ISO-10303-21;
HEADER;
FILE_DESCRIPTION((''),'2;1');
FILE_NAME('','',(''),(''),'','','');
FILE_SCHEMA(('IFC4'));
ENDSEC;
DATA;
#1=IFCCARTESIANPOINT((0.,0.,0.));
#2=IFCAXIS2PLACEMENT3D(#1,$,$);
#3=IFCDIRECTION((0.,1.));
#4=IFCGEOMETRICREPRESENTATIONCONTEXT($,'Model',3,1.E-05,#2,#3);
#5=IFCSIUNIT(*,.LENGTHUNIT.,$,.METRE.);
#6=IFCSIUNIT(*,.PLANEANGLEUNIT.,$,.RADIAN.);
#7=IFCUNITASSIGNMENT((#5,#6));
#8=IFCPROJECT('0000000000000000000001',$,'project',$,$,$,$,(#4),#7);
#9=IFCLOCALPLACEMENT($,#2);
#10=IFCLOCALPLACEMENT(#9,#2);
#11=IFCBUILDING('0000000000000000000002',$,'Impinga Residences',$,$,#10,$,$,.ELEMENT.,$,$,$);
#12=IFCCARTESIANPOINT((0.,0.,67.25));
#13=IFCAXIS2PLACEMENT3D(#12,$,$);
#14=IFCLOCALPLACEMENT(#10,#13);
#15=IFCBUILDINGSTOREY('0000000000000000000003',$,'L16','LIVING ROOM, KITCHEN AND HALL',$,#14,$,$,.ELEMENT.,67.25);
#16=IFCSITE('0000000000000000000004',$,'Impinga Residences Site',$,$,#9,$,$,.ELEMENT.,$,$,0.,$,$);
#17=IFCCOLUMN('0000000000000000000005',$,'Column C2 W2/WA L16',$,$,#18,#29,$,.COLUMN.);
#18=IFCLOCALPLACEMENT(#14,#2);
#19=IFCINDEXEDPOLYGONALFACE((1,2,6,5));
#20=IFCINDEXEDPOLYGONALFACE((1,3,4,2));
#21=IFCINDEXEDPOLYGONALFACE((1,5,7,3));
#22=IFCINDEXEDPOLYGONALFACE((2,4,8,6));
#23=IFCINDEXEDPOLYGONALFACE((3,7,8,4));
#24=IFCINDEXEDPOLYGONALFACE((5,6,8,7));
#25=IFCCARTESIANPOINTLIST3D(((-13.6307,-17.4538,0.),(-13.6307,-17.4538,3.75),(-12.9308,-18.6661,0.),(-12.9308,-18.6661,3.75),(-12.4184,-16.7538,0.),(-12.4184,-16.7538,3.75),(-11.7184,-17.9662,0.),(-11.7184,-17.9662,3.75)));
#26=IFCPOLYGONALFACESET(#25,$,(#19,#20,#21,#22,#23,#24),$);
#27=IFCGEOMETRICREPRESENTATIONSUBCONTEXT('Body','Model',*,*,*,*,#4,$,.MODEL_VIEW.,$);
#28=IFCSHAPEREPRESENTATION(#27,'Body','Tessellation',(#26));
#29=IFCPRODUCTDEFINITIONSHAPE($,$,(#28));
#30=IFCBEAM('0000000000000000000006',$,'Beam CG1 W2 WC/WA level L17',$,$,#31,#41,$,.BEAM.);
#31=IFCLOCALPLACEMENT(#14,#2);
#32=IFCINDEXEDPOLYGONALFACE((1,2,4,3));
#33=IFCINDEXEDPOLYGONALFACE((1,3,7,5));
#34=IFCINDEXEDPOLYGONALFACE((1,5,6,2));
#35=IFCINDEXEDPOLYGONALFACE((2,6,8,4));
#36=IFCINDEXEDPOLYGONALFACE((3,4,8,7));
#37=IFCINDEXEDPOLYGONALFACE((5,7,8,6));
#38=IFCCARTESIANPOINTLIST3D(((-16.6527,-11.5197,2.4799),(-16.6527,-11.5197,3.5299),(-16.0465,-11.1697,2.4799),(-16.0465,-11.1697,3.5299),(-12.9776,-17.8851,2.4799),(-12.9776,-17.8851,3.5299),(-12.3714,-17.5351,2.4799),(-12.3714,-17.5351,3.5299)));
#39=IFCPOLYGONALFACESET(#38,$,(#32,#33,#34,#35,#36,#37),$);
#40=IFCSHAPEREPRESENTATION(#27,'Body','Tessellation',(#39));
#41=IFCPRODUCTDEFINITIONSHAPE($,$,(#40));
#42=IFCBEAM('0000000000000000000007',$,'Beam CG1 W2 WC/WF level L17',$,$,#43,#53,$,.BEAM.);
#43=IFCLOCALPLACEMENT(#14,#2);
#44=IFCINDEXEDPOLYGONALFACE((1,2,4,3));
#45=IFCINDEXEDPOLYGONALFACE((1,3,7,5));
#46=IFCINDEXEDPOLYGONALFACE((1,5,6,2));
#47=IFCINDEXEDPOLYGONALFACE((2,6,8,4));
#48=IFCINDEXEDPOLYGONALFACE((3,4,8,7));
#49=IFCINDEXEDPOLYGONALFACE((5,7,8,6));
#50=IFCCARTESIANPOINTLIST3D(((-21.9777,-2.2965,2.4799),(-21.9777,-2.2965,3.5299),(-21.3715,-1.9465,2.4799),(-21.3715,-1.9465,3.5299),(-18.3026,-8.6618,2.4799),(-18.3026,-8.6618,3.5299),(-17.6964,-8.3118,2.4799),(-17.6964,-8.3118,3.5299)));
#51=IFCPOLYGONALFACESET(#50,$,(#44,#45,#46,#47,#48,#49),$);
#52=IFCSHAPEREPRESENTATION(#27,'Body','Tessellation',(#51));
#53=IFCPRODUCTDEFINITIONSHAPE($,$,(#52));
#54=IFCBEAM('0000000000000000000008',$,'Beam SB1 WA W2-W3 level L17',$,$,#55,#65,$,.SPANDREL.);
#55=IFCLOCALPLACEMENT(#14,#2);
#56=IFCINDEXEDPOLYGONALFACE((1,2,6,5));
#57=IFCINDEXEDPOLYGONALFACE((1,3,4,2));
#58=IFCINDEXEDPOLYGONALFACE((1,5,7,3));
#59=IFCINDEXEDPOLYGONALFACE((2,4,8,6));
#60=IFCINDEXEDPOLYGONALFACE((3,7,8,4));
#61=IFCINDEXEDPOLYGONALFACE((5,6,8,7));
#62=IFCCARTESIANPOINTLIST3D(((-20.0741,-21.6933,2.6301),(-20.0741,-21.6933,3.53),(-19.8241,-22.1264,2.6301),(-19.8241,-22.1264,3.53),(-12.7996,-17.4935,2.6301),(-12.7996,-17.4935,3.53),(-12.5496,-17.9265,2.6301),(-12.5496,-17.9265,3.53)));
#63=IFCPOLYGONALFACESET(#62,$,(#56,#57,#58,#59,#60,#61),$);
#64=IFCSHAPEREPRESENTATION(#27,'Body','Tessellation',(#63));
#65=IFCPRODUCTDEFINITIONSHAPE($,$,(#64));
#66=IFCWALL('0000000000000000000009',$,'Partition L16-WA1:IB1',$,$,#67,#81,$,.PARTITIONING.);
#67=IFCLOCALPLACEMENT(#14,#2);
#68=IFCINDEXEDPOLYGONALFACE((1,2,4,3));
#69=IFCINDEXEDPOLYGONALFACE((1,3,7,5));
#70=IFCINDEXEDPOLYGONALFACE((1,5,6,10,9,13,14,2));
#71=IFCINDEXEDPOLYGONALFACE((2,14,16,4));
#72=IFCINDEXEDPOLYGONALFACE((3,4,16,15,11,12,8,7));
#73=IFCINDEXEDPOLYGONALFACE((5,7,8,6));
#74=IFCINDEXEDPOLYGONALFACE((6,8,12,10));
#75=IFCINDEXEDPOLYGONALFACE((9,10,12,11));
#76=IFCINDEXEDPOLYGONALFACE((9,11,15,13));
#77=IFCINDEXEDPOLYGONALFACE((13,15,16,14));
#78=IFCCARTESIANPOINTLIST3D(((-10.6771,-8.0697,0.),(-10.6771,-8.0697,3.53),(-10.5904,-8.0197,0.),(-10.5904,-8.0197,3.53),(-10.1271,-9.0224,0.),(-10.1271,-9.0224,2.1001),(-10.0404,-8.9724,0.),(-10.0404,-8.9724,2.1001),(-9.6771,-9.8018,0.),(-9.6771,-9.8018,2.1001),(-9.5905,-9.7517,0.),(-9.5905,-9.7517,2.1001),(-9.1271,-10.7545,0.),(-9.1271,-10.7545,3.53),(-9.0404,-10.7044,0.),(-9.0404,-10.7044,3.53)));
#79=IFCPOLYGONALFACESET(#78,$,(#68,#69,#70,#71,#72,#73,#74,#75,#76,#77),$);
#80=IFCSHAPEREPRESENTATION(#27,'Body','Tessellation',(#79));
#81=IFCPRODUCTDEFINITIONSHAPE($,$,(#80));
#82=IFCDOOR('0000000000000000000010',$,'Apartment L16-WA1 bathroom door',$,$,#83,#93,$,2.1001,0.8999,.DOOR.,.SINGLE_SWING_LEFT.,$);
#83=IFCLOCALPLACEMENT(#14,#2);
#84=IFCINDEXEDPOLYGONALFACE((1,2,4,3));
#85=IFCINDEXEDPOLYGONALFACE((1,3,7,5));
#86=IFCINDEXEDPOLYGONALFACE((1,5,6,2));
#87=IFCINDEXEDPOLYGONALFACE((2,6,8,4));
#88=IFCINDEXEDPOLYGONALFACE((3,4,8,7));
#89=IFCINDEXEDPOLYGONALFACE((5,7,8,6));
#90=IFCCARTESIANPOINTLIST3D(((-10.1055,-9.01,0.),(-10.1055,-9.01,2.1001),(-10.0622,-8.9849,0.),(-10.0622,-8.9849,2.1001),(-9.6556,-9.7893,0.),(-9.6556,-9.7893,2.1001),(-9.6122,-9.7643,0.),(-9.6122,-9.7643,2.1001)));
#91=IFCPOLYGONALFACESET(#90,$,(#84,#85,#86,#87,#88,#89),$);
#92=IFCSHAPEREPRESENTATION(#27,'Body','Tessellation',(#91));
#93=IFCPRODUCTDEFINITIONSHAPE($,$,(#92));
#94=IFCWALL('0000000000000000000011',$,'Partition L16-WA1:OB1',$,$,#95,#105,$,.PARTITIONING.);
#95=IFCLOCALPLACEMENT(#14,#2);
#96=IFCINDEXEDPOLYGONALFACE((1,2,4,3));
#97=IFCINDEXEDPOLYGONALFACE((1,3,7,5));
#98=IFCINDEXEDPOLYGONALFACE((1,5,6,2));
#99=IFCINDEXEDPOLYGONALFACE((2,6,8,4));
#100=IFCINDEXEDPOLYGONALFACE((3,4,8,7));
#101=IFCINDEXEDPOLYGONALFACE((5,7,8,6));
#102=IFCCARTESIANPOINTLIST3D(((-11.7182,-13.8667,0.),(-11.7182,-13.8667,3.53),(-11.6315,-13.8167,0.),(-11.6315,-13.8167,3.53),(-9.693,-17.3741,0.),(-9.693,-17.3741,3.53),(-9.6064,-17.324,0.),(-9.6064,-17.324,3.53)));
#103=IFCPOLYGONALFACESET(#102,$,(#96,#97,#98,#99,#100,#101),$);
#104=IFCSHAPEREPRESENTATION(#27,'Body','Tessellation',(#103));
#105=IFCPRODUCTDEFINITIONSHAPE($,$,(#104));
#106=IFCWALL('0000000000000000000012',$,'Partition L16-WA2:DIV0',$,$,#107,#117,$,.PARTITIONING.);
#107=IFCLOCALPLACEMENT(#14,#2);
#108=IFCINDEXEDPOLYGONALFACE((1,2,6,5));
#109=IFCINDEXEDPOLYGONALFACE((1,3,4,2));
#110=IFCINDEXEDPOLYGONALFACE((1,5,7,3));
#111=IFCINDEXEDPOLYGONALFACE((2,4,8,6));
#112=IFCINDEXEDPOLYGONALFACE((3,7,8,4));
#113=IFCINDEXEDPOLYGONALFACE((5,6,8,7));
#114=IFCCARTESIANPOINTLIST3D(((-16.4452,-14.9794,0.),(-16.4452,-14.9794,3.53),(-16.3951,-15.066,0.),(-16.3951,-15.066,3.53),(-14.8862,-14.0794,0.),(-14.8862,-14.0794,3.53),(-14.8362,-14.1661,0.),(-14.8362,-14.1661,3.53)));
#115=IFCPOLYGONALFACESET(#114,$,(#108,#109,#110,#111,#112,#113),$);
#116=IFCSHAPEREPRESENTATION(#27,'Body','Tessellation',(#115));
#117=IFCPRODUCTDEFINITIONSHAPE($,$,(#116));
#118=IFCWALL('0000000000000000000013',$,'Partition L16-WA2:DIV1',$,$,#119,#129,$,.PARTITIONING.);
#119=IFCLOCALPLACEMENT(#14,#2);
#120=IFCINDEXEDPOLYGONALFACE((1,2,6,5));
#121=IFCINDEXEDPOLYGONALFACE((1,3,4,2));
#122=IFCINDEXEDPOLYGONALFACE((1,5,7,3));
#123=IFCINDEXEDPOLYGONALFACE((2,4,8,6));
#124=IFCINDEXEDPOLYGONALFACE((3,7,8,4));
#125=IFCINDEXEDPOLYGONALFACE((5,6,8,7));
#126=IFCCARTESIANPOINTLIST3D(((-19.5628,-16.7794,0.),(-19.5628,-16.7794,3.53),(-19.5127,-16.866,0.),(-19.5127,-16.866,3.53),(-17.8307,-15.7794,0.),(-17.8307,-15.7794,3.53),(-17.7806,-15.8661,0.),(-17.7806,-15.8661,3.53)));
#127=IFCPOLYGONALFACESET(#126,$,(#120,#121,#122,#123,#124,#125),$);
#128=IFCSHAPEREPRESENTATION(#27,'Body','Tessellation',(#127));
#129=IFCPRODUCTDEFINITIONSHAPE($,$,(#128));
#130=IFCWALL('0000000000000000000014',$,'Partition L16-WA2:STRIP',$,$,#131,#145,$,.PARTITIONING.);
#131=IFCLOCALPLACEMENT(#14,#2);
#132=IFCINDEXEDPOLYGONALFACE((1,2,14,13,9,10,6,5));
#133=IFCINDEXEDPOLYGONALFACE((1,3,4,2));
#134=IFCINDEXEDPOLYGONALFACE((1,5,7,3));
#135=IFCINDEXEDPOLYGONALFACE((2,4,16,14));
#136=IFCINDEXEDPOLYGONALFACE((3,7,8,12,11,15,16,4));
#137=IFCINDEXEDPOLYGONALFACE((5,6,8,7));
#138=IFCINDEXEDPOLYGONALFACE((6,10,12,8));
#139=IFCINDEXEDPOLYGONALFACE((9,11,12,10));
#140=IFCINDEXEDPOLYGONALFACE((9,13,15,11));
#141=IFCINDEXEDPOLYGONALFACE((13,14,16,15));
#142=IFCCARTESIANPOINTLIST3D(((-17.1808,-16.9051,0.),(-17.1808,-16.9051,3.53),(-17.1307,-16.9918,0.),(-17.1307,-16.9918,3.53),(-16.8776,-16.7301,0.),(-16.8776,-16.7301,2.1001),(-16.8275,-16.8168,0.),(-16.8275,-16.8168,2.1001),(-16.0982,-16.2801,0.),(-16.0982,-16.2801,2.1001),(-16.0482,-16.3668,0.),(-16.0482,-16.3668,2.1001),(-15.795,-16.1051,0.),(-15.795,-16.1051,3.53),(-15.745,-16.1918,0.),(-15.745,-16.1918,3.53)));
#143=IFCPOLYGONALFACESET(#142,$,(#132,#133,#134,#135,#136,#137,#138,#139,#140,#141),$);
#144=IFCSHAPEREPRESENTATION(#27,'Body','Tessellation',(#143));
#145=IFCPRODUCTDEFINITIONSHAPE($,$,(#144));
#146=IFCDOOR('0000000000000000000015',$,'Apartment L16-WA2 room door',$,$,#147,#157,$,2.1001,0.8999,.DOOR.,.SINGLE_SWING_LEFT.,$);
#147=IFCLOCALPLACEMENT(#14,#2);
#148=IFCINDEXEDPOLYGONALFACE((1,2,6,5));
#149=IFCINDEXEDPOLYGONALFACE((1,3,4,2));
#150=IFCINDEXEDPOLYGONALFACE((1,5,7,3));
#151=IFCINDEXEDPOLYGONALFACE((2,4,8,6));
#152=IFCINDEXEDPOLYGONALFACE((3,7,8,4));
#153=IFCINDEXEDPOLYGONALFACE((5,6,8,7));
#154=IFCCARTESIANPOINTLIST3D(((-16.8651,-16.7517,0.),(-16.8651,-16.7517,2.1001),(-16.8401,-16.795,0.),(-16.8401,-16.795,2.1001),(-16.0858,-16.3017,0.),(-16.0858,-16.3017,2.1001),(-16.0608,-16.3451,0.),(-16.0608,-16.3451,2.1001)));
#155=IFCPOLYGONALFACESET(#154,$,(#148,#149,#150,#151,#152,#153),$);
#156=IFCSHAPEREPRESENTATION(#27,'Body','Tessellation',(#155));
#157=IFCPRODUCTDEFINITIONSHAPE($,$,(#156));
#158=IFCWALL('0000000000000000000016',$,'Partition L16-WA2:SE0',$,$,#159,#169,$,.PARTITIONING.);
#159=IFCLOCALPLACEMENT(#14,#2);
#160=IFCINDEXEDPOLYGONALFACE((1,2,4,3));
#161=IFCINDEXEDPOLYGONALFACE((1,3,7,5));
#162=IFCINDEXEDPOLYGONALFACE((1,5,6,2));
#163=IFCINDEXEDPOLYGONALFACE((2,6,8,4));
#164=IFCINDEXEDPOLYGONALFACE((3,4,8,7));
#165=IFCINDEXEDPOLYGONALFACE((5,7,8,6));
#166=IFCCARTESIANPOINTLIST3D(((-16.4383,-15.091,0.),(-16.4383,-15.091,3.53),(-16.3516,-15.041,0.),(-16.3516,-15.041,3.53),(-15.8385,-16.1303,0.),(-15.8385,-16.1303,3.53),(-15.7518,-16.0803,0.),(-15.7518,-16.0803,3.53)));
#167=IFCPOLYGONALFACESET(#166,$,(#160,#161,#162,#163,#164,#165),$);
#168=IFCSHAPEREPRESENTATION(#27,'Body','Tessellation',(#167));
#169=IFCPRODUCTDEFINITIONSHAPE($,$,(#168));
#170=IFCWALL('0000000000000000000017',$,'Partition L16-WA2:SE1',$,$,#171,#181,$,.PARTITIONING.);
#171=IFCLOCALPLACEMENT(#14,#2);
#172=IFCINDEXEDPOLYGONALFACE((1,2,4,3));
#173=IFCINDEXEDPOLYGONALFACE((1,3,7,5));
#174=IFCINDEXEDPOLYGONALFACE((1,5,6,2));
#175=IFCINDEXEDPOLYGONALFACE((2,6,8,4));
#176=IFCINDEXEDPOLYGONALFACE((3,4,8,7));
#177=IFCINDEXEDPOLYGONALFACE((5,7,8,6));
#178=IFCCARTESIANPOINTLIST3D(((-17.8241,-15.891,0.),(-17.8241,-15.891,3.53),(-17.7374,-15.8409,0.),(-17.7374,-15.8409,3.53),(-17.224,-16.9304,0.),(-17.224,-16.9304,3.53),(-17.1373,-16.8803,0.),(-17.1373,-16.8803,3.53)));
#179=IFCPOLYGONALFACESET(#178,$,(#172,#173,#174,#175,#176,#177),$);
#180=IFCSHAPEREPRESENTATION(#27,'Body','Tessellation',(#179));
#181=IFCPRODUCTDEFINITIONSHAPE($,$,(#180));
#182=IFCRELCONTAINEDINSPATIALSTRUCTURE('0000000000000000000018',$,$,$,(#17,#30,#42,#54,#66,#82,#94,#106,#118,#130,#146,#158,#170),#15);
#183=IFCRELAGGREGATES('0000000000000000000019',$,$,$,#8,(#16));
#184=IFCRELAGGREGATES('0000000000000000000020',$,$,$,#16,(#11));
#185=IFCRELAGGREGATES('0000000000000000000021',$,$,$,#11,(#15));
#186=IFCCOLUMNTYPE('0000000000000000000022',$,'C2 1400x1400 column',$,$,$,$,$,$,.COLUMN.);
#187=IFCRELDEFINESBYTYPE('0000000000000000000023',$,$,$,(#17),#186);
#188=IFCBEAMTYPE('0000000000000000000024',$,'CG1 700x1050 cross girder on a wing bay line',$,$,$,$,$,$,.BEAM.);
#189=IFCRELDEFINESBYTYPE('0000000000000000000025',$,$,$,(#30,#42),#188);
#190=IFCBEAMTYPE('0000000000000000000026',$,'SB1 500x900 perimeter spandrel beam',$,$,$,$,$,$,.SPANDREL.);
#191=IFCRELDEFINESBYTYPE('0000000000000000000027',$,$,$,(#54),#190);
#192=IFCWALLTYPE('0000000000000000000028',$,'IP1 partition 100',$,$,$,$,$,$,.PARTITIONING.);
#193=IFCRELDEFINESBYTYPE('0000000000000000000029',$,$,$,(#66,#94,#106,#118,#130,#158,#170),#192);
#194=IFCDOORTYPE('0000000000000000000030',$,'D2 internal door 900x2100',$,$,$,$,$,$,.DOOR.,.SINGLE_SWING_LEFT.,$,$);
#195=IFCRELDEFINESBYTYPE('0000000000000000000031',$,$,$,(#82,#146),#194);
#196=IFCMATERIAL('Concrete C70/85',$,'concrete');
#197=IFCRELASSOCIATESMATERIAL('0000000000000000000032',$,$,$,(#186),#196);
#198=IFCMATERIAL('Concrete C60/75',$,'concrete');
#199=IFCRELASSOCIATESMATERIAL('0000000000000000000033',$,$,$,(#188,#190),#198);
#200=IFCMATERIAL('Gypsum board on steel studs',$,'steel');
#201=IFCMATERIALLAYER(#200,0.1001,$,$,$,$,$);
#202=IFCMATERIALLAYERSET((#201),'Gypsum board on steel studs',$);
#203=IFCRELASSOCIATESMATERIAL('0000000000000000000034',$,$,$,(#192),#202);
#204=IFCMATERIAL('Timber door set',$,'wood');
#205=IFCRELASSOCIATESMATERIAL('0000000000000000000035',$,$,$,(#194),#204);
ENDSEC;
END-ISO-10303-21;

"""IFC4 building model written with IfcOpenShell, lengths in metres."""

from ifc_helpers import new_model, si_unit, direction, frame, frame_2d, origin, origin_2d, place, context, subcontext, project, spatial, rectangle, extrude, material, layer, layer_set, material_profile, profile_set, type_object, element, fill, save


model = new_model("IFC4")

# Units and contexts
model_context = context("Model", 3, precision=1e-05, world=origin(), true_north=direction((0.0, 1.0)))
body_context = subcontext(model_context, "Body", "Model", "MODEL_VIEW")
ifc_project = project(units=[si_unit("LENGTHUNIT", "METRE"), si_unit("PLANEANGLEUNIT", "RADIAN")], contexts=[model_context])

# Site, building, storey
site_placement = place(None, origin())
site = spatial("IfcSite", under=ifc_project, at=site_placement, Name="Impinga Residences Site", CompositionType="ELEMENT", RefElevation=0.0)
building_placement = place(site_placement, origin())
building = spatial("IfcBuilding", under=site, at=building_placement, Name="Impinga Residences", CompositionType="ELEMENT")
storey_placement = place(building_placement, frame((0.0, 0.0, 67.25)))
storey = spatial("IfcBuildingStorey", under=building, at=storey_placement, Name="L16", Description="LIVING ROOM, KITCHEN AND HALL", CompositionType="ELEMENT", Elevation=67.25)

# Column
ifc_material_1 = material(Name="Concrete C70/85", Category="concrete")
ifc_material_profile_1 = material_profile(ifc_material_1, rectangle(XDim=1.3999, YDim=1.3999, at=origin_2d()), Name="RC 1400x1400")
ifc_profile_set_1 = profile_set([ifc_material_profile_1], Name="Concrete C70/85")
column_type = type_object("IfcColumnType", Name="C2 1400x1400 column", PredefinedType="COLUMN", material=ifc_profile_set_1)
column_placement = place(storey_placement, frame((-12.6746, -17.71, 0.0), z_axis=(0.0, 0.0, 1.0), x_axis=(-0.5, 0.866025, 0.0)))
element("IfcColumn", 1, at=column_placement, inside=storey, type_object=column_type, Name="Column C2 W2/WA L16", PredefinedType="COLUMN", context=body_context, shape_type="SweptSolid", body=[
    extrude(rectangle(XDim=1.3999, YDim=1.3999, at=origin_2d()), origin(), (0.0, 0.0, 1.0), 3.75),
])

# Beams
ifc_material_2 = material(Name="Concrete C60/75", Category="concrete")
ifc_material_profile_2 = material_profile(ifc_material_2, rectangle(XDim=0.7, YDim=1.05, at=origin_2d()), Name="RC 700x1050")
ifc_profile_set_2 = profile_set([ifc_material_profile_2], Name="Concrete C60/75")
beam_type_1 = type_object("IfcBeamType", Name="CG1 700x1050 cross girder on a wing bay line", PredefinedType="BEAM", material=ifc_profile_set_2)
for number, where, z_axis, x_axis, name in (
    (2, (-16.3496, -11.3447, 3.0049), (0.500008, -0.866021, 0.0), (0.866021, 0.500008, 0.0), "Beam CG1 W2 WC/WA level L17"),
    (3, (-17.9995, -8.4868, 3.0049), (-0.500008, 0.866021, 0.0), (-0.866021, -0.500008, 0.0), "Beam CG1 W2 WC/WF level L17"),
):
    element("IfcBeam", number, at=place(storey_placement, frame(where, z_axis=z_axis, x_axis=x_axis)), inside=storey, type_object=beam_type_1, Name=name, PredefinedType="BEAM", context=body_context, shape_type="SweptSolid", body=[
        extrude(rectangle(XDim=0.7, YDim=1.05, at=origin_2d()), origin(), (0.0, 0.0, 1.0), 7.3501),
    ])
ifc_material_profile_3 = material_profile(ifc_material_2, rectangle(XDim=0.5, YDim=0.8999, at=origin_2d()), Name="RC 500x900")
ifc_profile_set_3 = profile_set([ifc_material_profile_3], Name="Concrete C60/75")
beam_type_2 = type_object("IfcBeamType", Name="SB1 500x900 perimeter spandrel beam", PredefinedType="SPANDREL", material=ifc_profile_set_3)
beam_placement = place(storey_placement, frame((-12.6746, -17.71, 3.0801), z_axis=(-0.866029, -0.499993, 0.0), x_axis=(0.499993, -0.866029, 0.0)))
element("IfcBeam", 4, at=beam_placement, inside=storey, type_object=beam_type_2, Name="Beam SB1 WA W2-W3 level L17", PredefinedType="SPANDREL", context=body_context, shape_type="SweptSolid", body=[
    extrude(rectangle(XDim=0.5, YDim=0.8999, at=origin_2d()), origin(), (0.0, 0.0, 1.0), 8.3999),
])

# Wall, opening, door
ifc_material_3 = material(Name="Gypsum board on steel studs", Category="steel")
ifc_layer_1 = layer(ifc_material_3, 0.1001)
ifc_layer_set_1 = layer_set([ifc_layer_1], Name="Gypsum board on steel studs")
wall_type_1 = type_object("IfcWallType", Name="IP1 partition 100", PredefinedType="PARTITIONING", material=ifc_layer_set_1)
wall_1_placement = place(storey_placement, frame((-10.6338, -8.0447, 0.0), z_axis=(0.0, 0.0, 1.0), x_axis=(0.499993, -0.86603, 0.0)))
wall_1 = element("IfcWall", 5, at=wall_1_placement, inside=storey, type_object=wall_type_1, Name="Partition L16-WA1:IB1", PredefinedType="PARTITIONING", context=body_context, shape_type="SweptSolid", body=[
    extrude(rectangle(XDim=3.1001, YDim=0.1001, at=frame_2d((1.55, 0.0))), origin(), (0.0, 0.0, 1.0), 3.53),
])
opening_1_placement = place(wall_1_placement, frame((1.1001, 0.0, 0.0)))
opening_1 = element("IfcOpeningElement", 6, at=opening_1_placement, cuts=wall_1, PredefinedType="OPENING", context=body_context, shape_type="SweptSolid", body=[
    extrude(rectangle(XDim=0.8999, YDim=2.1001, at=frame_2d((0.45, 1.05))), frame((0.0, 0.0601, 0.0), z_axis=(0.0, -1.0, 0.0), x_axis=(1.0, 0.0, 0.0)), (0.0, 0.0, 1.0), 0.1201),
])
ifc_material_4 = material(Name="Timber door set", Category="wood")
door_type = type_object("IfcDoorType", Name="D2 internal door 900x2100", OperationType="SINGLE_SWING_LEFT", PredefinedType="DOOR", material=ifc_material_4)
door_1_placement = place(opening_1_placement, origin())
door_1 = element("IfcDoor", 7, at=door_1_placement, inside=storey, type_object=door_type, Name="Apartment L16-WA1 bathroom door", OperationType="SINGLE_SWING_LEFT", OverallHeight=2.1001, OverallWidth=0.8999, PredefinedType="DOOR", context=body_context, shape_type="SweptSolid", body=[
    extrude(rectangle(XDim=0.8999, YDim=2.1001, at=frame_2d((0.45, 1.05))), frame((0.0, 0.0249, 0.0), z_axis=(0.0, -1.0, 0.0), x_axis=(1.0, 0.0, 0.0)), (0.0, 0.0, 1.0), 0.05),
])
fill(opening_1, door_1)

# Walls
wall_2_placement = place(storey_placement, frame((-11.6748, -13.8418, 0.0), z_axis=(0.0, 0.0, 1.0), x_axis=(0.500036, -0.866005, 0.0)))
element("IfcWall", 8, at=wall_2_placement, inside=storey, type_object=wall_type_1, Name="Partition L16-WA1:OB1", PredefinedType="PARTITIONING", context=body_context, shape_type="SweptSolid", body=[
    extrude(rectangle(XDim=4.05, YDim=0.1001, at=frame_2d((2.0249, 0.0))), origin(), (0.0, 0.0, 1.0), 3.53),
])
wall_3_placement = place(storey_placement, frame((-14.8613, -14.1228, 0.0), z_axis=(0.0, 0.0, 1.0), x_axis=(-0.866048, -0.499961, 0.0)))
element("IfcWall", 9, at=wall_3_placement, inside=storey, type_object=wall_type_1, Name="Partition L16-WA2:DIV0", PredefinedType="PARTITIONING", context=body_context, shape_type="SweptSolid", body=[
    extrude(rectangle(XDim=1.8, YDim=0.1001, at=frame_2d((0.8999, 0.0))), origin(), (0.0, 0.0, 1.0), 3.53),
])
wall_4_placement = place(storey_placement, frame((-17.8057, -15.8228, 0.0), z_axis=(0.0, 0.0, 1.0), x_axis=(-0.866041, -0.499973, 0.0)))
element("IfcWall", 10, at=wall_4_placement, inside=storey, type_object=wall_type_1, Name="Partition L16-WA2:DIV1", PredefinedType="PARTITIONING", context=body_context, shape_type="SweptSolid", body=[
    extrude(rectangle(XDim=2.0, YDim=0.1001, at=frame_2d((1.0, 0.0))), origin(), (0.0, 0.0, 1.0), 3.53),
])

# Wall, opening, door
wall_5_placement = place(storey_placement, frame((-15.77, -16.1484, 0.0), z_axis=(0.0, 0.0, 1.0), x_axis=(-0.866028, -0.499995, 0.0)))
wall_5 = element("IfcWall", 11, at=wall_5_placement, inside=storey, type_object=wall_type_1, Name="Partition L16-WA2:STRIP", PredefinedType="PARTITIONING", context=body_context, shape_type="SweptSolid", body=[
    extrude(rectangle(XDim=1.6001, YDim=0.1001, at=frame_2d((0.8, 0.0))), origin(), (0.0, 0.0, 1.0), 3.53),
])
opening_2_placement = place(wall_5_placement, frame((0.3501, 0.0, 0.0)))
opening_2 = element("IfcOpeningElement", 12, at=opening_2_placement, cuts=wall_5, PredefinedType="OPENING", context=body_context, shape_type="SweptSolid", body=[
    extrude(rectangle(XDim=0.8999, YDim=2.1001, at=frame_2d((0.45, 1.05))), frame((0.0, 0.0601, 0.0), z_axis=(0.0, -1.0, 0.0), x_axis=(1.0, 0.0, 0.0)), (0.0, 0.0, 1.0), 0.1201),
])
door_2_placement = place(opening_2_placement, origin())
door_2 = element("IfcDoor", 13, at=door_2_placement, inside=storey, type_object=door_type, Name="Apartment L16-WA2 room door", OperationType="SINGLE_SWING_LEFT", OverallHeight=2.1001, OverallWidth=0.8999, PredefinedType="DOOR", context=body_context, shape_type="SweptSolid", body=[
    extrude(rectangle(XDim=0.8999, YDim=2.1001, at=frame_2d((0.45, 1.05))), frame((0.0, 0.0249, 0.0), z_axis=(0.0, -1.0, 0.0), x_axis=(1.0, 0.0, 0.0)), (0.0, 0.0, 1.0), 0.05),
])
fill(opening_2, door_2)

# Walls
wall_6_placement = place(storey_placement, frame((-16.395, -15.0659, 0.0), z_axis=(0.0, 0.0, 1.0), x_axis=(0.499881, -0.866094, 0.0)))
element("IfcWall", 14, at=wall_6_placement, inside=storey, type_object=wall_type_1, Name="Partition L16-WA2:SE0", PredefinedType="PARTITIONING", context=body_context, shape_type="SweptSolid", body=[
    extrude(rectangle(XDim=1.2, YDim=0.1001, at=frame_2d((0.6001, 0.0))), origin(), (0.0, 0.0, 1.0), 3.53),
])
wall_7_placement = place(storey_placement, frame((-17.7808, -15.866, 0.0), z_axis=(0.0, 0.0, 1.0), x_axis=(0.500034, -0.866006, 0.0)))
element("IfcWall", 15, at=wall_7_placement, inside=storey, type_object=wall_type_1, Name="Partition L16-WA2:SE1", PredefinedType="PARTITIONING", context=body_context, shape_type="SweptSolid", body=[
    extrude(rectangle(XDim=1.2002, YDim=0.1001, at=frame_2d((0.6001, 0.0))), origin(), (0.0, 0.0, 1.0), 3.53),
])

save(model, "model.ifc")
